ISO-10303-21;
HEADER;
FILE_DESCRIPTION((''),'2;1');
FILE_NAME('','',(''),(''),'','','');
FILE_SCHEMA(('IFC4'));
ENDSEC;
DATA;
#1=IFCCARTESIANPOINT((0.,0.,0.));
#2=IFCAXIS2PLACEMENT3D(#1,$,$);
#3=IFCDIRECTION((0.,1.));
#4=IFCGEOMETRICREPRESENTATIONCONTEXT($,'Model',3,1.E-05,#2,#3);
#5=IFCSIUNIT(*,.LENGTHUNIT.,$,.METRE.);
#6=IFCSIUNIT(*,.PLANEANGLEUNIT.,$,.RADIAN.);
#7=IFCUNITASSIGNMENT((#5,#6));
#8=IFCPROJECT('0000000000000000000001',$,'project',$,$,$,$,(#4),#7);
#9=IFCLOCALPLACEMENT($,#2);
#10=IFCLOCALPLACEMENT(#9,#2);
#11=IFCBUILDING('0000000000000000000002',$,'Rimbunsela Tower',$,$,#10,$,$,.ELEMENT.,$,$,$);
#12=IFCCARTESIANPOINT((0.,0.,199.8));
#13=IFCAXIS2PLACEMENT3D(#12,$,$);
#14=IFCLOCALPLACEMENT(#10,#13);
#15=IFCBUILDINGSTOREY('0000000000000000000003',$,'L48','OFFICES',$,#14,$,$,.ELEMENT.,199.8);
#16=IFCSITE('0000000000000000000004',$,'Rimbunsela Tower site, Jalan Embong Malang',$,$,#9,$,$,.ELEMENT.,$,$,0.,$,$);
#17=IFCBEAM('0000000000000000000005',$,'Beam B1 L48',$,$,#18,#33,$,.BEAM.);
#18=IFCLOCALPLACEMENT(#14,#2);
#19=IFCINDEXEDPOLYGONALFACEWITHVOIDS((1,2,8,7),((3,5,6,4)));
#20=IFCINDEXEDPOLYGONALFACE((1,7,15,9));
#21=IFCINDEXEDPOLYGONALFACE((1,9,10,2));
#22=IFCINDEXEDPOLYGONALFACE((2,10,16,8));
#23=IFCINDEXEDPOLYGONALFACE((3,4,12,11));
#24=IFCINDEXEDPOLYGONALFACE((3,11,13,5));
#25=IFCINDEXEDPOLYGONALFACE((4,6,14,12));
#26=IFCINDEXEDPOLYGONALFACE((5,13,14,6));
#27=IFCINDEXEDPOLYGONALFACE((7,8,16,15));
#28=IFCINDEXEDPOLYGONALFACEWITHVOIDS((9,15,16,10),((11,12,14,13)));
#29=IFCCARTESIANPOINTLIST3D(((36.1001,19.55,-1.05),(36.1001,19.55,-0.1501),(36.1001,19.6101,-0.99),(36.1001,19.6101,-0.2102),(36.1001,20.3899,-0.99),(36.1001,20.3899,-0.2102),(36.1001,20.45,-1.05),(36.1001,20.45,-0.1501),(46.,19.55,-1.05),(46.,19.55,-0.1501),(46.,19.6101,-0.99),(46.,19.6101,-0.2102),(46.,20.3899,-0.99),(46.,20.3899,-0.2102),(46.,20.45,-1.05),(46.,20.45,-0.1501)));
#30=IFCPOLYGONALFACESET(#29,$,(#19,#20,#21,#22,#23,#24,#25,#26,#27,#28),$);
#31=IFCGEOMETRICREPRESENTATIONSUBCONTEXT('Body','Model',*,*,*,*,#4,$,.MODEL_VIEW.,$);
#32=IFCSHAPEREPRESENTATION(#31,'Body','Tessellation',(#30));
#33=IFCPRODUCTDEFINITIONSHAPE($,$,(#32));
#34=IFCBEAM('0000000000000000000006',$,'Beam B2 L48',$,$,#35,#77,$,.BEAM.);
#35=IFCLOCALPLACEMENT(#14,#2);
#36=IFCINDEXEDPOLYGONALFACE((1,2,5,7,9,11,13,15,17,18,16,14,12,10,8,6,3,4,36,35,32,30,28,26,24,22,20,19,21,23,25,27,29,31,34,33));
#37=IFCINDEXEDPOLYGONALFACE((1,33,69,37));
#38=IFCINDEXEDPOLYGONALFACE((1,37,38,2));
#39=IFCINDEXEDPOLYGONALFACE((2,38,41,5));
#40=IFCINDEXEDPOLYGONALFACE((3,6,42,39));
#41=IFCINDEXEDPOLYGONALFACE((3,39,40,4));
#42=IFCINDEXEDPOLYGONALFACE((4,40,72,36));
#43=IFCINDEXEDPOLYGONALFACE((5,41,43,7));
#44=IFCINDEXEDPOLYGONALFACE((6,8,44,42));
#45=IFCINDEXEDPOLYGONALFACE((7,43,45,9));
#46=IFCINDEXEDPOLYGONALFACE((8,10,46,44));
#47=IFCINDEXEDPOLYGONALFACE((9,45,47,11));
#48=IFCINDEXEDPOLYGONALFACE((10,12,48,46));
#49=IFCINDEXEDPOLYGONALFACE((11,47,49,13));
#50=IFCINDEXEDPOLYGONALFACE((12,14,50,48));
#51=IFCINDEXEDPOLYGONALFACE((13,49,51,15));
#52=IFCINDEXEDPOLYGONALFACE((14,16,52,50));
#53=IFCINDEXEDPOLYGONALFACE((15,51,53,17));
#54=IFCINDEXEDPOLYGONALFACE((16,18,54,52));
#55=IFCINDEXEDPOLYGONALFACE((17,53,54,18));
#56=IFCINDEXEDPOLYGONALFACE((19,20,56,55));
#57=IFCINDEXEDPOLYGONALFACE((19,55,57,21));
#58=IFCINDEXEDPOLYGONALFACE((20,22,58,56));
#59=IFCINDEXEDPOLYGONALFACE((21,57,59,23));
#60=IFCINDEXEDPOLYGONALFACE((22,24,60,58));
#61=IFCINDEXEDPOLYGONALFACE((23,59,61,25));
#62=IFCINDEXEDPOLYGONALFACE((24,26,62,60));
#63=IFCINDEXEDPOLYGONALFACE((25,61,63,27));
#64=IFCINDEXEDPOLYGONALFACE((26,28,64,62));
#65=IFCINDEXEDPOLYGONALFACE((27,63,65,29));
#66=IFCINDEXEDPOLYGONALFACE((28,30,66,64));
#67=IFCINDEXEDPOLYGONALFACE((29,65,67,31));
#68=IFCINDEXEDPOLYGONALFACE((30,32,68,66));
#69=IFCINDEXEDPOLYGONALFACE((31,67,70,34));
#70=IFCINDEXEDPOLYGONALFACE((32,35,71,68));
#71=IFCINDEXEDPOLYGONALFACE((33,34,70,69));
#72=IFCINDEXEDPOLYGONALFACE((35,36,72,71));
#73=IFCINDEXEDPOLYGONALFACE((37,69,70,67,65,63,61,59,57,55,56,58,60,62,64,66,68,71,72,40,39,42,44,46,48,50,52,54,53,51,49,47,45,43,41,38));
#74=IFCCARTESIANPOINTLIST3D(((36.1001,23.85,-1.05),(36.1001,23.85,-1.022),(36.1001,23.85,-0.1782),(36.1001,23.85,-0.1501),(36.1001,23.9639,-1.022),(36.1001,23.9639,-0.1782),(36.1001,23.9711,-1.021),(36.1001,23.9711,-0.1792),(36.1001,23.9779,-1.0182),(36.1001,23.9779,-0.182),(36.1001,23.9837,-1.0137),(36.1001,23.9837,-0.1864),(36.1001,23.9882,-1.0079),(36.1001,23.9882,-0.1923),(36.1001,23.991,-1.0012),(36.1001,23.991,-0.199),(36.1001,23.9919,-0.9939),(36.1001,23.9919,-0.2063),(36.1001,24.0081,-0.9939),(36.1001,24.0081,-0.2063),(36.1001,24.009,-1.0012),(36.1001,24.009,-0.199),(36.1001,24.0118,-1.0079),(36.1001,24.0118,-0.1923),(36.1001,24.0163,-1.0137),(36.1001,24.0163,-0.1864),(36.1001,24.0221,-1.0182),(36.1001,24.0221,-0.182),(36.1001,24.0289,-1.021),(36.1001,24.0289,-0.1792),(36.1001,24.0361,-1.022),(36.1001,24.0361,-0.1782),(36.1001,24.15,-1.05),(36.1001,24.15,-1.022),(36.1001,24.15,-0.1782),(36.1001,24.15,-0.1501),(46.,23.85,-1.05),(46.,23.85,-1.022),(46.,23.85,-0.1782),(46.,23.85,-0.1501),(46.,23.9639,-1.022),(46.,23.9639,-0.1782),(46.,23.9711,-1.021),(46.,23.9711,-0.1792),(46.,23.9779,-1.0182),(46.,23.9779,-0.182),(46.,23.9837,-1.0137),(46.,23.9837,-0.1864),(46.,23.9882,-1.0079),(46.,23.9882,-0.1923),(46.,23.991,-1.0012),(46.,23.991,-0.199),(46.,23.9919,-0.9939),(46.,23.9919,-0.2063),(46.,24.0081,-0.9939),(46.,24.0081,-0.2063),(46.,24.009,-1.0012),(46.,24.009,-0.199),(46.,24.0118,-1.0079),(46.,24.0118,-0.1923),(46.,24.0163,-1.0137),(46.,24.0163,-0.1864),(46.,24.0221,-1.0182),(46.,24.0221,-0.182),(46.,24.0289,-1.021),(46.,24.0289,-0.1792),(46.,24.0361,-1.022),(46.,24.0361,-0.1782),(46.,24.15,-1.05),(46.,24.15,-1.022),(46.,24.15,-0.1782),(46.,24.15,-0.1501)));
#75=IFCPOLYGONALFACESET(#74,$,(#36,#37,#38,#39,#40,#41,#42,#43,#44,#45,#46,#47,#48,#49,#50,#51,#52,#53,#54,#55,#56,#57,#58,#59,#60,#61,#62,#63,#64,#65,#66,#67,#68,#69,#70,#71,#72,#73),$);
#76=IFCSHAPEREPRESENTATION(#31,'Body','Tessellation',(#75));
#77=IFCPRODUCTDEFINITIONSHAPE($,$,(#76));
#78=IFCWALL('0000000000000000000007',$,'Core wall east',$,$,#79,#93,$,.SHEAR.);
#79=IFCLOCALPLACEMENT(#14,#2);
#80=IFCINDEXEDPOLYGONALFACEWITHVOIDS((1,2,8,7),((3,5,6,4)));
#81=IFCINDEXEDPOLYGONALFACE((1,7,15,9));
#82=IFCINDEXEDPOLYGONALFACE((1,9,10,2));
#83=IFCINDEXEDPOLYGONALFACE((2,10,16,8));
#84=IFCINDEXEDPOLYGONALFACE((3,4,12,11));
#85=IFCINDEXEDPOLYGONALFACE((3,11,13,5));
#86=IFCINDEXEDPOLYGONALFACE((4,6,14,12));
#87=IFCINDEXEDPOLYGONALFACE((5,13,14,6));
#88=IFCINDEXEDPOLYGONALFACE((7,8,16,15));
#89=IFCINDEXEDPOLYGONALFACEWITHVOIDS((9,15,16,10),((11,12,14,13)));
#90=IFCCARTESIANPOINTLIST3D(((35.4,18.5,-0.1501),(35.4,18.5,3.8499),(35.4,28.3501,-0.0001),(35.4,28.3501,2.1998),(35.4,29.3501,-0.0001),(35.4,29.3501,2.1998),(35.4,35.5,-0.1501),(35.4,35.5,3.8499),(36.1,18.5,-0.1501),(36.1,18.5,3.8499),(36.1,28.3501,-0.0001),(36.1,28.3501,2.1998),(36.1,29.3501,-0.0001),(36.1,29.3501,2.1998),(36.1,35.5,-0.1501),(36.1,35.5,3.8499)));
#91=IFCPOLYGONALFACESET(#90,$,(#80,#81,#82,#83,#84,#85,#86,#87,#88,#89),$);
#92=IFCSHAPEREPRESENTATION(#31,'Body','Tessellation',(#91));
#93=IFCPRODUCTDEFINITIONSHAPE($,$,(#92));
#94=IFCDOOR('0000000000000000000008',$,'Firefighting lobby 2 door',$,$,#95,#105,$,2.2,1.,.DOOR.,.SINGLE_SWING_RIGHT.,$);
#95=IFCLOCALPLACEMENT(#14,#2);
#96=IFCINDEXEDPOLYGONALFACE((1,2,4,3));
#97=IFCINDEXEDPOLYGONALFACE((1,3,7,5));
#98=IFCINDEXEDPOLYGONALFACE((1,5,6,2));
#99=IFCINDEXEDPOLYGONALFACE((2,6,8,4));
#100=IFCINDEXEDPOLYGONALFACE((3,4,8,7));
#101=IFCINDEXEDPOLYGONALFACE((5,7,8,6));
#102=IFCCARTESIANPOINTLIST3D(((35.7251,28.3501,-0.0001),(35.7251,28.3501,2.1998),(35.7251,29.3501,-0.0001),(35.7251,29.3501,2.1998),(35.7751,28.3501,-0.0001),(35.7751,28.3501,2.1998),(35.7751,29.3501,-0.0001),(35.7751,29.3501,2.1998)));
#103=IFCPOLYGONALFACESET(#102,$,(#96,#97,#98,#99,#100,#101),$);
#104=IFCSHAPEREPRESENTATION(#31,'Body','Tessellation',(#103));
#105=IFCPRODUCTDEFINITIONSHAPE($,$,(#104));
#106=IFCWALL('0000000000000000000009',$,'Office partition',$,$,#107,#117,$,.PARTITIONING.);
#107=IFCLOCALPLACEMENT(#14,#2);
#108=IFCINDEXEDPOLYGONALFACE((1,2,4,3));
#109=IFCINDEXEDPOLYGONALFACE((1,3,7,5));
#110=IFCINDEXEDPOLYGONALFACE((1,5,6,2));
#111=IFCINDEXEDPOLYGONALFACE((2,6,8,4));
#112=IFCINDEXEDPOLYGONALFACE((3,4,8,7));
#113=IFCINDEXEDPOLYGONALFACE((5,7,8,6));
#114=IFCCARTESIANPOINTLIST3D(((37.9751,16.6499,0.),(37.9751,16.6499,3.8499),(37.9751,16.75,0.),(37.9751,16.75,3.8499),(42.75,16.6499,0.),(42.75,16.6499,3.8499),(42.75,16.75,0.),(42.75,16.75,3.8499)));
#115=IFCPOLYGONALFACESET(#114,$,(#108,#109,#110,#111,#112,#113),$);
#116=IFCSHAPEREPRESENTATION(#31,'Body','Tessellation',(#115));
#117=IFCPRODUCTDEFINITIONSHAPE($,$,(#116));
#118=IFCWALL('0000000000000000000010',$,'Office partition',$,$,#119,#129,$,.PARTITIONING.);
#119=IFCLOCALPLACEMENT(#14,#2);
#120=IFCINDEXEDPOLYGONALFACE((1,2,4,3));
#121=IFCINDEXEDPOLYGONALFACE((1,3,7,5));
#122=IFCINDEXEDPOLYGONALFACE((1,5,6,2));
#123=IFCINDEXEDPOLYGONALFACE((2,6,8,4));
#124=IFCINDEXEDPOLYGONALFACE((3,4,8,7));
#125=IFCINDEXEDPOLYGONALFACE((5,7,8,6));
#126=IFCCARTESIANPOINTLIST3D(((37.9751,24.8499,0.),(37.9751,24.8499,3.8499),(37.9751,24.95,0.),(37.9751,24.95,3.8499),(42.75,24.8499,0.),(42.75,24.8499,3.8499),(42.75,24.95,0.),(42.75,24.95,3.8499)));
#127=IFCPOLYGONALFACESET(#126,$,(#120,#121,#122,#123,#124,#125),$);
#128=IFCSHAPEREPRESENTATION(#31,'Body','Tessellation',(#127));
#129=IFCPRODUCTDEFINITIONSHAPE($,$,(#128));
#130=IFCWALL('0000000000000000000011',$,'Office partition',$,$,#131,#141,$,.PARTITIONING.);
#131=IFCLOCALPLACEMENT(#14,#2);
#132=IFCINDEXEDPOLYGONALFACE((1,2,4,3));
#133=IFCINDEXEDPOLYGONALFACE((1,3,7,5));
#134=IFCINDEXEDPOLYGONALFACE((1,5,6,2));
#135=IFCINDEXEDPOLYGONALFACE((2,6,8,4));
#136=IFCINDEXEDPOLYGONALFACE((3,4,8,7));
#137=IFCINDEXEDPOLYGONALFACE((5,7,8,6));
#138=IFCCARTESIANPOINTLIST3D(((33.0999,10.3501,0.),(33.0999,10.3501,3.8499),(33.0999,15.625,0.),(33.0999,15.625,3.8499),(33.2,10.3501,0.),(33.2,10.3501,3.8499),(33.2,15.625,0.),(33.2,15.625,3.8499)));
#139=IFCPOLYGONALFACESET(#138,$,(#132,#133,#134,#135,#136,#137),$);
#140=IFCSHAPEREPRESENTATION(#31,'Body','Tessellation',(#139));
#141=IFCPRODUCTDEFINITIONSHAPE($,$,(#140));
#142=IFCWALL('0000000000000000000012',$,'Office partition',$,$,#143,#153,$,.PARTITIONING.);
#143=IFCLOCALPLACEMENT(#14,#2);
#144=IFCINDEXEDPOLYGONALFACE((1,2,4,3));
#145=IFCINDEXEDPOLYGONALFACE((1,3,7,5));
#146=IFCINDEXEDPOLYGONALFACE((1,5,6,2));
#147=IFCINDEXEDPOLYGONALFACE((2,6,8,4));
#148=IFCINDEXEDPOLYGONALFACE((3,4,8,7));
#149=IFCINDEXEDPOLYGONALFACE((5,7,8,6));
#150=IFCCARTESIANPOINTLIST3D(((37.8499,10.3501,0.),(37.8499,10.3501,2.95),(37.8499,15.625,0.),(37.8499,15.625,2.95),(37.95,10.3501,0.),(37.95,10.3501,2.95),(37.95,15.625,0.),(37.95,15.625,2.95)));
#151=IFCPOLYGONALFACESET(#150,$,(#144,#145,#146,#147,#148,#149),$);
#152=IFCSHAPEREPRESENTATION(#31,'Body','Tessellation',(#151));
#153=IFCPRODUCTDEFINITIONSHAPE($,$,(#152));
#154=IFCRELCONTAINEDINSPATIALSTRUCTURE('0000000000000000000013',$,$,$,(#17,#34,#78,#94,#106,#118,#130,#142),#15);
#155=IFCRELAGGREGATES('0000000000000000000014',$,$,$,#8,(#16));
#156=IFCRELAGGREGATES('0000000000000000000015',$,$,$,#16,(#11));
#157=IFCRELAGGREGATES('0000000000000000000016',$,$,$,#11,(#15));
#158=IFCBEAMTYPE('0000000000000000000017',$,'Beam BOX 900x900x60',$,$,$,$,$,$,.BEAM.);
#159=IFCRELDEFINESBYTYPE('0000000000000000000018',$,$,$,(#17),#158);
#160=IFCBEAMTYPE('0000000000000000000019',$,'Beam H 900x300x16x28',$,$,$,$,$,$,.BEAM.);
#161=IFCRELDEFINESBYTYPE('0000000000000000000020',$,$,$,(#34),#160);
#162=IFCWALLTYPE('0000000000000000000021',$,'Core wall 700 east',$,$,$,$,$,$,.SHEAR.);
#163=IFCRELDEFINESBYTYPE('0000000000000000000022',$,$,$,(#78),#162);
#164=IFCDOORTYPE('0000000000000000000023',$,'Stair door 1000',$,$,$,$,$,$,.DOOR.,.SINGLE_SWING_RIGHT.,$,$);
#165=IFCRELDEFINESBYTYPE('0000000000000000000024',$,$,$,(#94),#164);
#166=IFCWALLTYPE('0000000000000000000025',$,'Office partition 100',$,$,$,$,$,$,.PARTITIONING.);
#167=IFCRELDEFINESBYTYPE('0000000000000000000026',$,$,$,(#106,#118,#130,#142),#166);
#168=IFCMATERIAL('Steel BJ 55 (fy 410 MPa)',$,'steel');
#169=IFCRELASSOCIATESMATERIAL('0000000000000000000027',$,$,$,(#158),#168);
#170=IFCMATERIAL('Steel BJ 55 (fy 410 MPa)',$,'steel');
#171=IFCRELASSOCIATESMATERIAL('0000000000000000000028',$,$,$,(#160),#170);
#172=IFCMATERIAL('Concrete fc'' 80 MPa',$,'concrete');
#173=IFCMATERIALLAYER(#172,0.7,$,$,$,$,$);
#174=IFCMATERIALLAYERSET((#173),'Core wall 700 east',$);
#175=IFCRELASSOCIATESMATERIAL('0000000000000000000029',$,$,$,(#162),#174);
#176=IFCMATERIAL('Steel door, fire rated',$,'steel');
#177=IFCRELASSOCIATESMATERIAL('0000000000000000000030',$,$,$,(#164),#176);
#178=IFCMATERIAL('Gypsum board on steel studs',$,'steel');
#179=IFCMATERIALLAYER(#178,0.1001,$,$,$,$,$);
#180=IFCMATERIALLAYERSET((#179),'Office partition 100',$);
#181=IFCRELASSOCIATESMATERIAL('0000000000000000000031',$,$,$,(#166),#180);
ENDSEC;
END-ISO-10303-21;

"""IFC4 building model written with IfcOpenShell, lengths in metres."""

from ifc_helpers import new_model, si_unit, direction, frame, frame_2d, origin, origin_2d, place, context, subcontext, project, spatial, rectangle, hollow_rectangle, i_section, extrude, material, layer, layer_set, material_profile, profile_set, type_object, element, fill, save


model = new_model("IFC4")

# Units and contexts
model_context = context("Model", 3, precision=1e-05, world=origin(), true_north=direction((0.0, 1.0)))
body_context = subcontext(model_context, "Body", "Model", "MODEL_VIEW")
ifc_project = project(units=[si_unit("LENGTHUNIT", "METRE"), si_unit("PLANEANGLEUNIT", "RADIAN")], contexts=[model_context])

# Site, building, storey
site_placement = place(None, origin())
site = spatial("IfcSite", under=ifc_project, at=site_placement, Name="Rimbunsela Tower site, Jalan Embong Malang", CompositionType="ELEMENT", RefElevation=0.0)
building_placement = place(site_placement, origin())
building = spatial("IfcBuilding", under=site, at=building_placement, Name="Rimbunsela Tower", CompositionType="ELEMENT")
storey_placement = place(building_placement, frame((0.0, 0.0, 199.8)))
storey = spatial("IfcBuildingStorey", under=building, at=storey_placement, Name="L48", Description="OFFICES", CompositionType="ELEMENT", Elevation=199.8)

# Beams
ifc_material_1 = material(Name="Steel BJ 55 (fy 410 MPa)", Category="steel")
ifc_material_profile_1 = material_profile(ifc_material_1, hollow_rectangle(XDim=0.8999, YDim=0.8999, WallThickness=0.0601, at=origin_2d()), Name="BOX 900x900x60")
ifc_profile_set_1 = profile_set([ifc_material_profile_1], Name="Steel BJ 55 (fy 410 MPa)")
beam_type_1 = type_object("IfcBeamType", Name="Beam BOX 900x900x60", PredefinedType="BEAM", material=ifc_profile_set_1)
beam_1_placement = place(storey_placement, frame((36.1001, 20.0, -0.6001), z_axis=(1.0, 0.0, 0.0), x_axis=(0.0, 1.0, 0.0)))
element("IfcBeam", 1, at=beam_1_placement, inside=storey, type_object=beam_type_1, Name="Beam B1 L48", PredefinedType="BEAM", context=body_context, shape_type="SweptSolid", body=[
    extrude(hollow_rectangle(XDim=0.8999, YDim=0.8999, WallThickness=0.0601, at=origin_2d()), origin(), (0.0, 0.0, 1.0), 9.8999),
])
ifc_material_2 = material(Name="Steel BJ 55 (fy 410 MPa)", Category="steel")
ifc_material_profile_2 = material_profile(ifc_material_2, i_section(OverallWidth=0.3, OverallDepth=0.8999, WebThickness=0.0161, FlangeThickness=0.0281, FilletRadius=0.0281, at=origin_2d()), Name="H 900x300x16x28")
ifc_profile_set_2 = profile_set([ifc_material_profile_2], Name="Steel BJ 55 (fy 410 MPa)")
beam_type_2 = type_object("IfcBeamType", Name="Beam H 900x300x16x28", PredefinedType="BEAM", material=ifc_profile_set_2)
beam_2_placement = place(storey_placement, frame((36.1001, 24.0, -0.6001), z_axis=(1.0, 0.0, 0.0), x_axis=(0.0, 1.0, 0.0)))
element("IfcBeam", 2, at=beam_2_placement, inside=storey, type_object=beam_type_2, Name="Beam B2 L48", PredefinedType="BEAM", context=body_context, shape_type="SweptSolid", body=[
    extrude(i_section(OverallWidth=0.3, OverallDepth=0.8999, WebThickness=0.0161, FlangeThickness=0.0281, FilletRadius=0.0281, at=origin_2d()), origin(), (0.0, 0.0, 1.0), 9.8999),
])

# Wall, opening, door
ifc_material_3 = material(Name="Concrete fc' 80 MPa", Category="concrete")
ifc_layer_1 = layer(ifc_material_3, 0.7)
ifc_layer_set_1 = layer_set([ifc_layer_1], Name="Core wall 700 east")
wall_type_1 = type_object("IfcWallType", Name="Core wall 700 east", PredefinedType="SHEAR", material=ifc_layer_set_1)
wall_1_placement = place(storey_placement, frame((35.75, 18.5, -0.1501), z_axis=(0.0, 0.0, 1.0), x_axis=(0.0, 1.0, 0.0)))
wall_1 = element("IfcWall", 3, at=wall_1_placement, inside=storey, type_object=wall_type_1, Name="Core wall east", PredefinedType="SHEAR", context=body_context, shape_type="SweptSolid", body=[
    extrude(rectangle(XDim=17.0, YDim=0.7, at=frame_2d((8.5, 0.0))), origin(), (0.0, 0.0, 1.0), 4.0),
])
opening_1_placement = place(wall_1_placement, frame((9.8501, 0.0, 0.1499)))
opening_1 = element("IfcOpeningElement", 4, at=opening_1_placement, cuts=wall_1, PredefinedType="OPENING", context=body_context, shape_type="SweptSolid", body=[
    extrude(rectangle(XDim=1.0, YDim=2.2, at=frame_2d((0.5, 1.1001))), frame((0.0, 0.3599, 0.0), z_axis=(0.0, -1.0, 0.0), x_axis=(1.0, 0.0, 0.0)), (0.0, 0.0, 1.0), 0.72),
])
ifc_material_4 = material(Name="Steel door, fire rated", Category="steel")
door_type_1 = type_object("IfcDoorType", Name="Stair door 1000", OperationType="SINGLE_SWING_RIGHT", PredefinedType="DOOR", material=ifc_material_4)
door_1_placement = place(opening_1_placement, origin())
door_1 = element("IfcDoor", 5, at=door_1_placement, inside=storey, type_object=door_type_1, Name="Firefighting lobby 2 door", OperationType="SINGLE_SWING_RIGHT", OverallHeight=2.2, OverallWidth=1.0, PredefinedType="DOOR", context=body_context, shape_type="SweptSolid", body=[
    extrude(rectangle(XDim=1.0, YDim=2.2, at=frame_2d((0.5, 1.1001))), frame((0.0, 0.0249, 0.0), z_axis=(0.0, -1.0, 0.0), x_axis=(1.0, 0.0, 0.0)), (0.0, 0.0, 1.0), 0.05),
])
fill(opening_1, door_1)

# Walls
ifc_material_5 = material(Name="Gypsum board on steel studs", Category="steel")
ifc_layer_2 = layer(ifc_material_5, 0.1001)
ifc_layer_set_2 = layer_set([ifc_layer_2], Name="Office partition 100")
wall_type_2 = type_object("IfcWallType", Name="Office partition 100", PredefinedType="PARTITIONING", material=ifc_layer_set_2)
for number, where, z_axis, x_axis, name in (
    (6, (37.9751, 16.7, 0.0), (0.0, 0.0, 1.0), (1.0, 0.0, 0.0), "Office partition"),
    (7, (37.9751, 24.8999, 0.0), (0.0, 0.0, 1.0), (1.0, 0.0, 0.0), "Office partition"),
):
    element("IfcWall", number, at=place(storey_placement, frame(where, z_axis=z_axis, x_axis=x_axis)), inside=storey, type_object=wall_type_2, Name=name, PredefinedType="PARTITIONING", context=body_context, shape_type="SweptSolid", body=[
        extrude(rectangle(XDim=4.7749, YDim=0.1001, at=frame_2d((2.3875, 0.0))), origin(), (0.0, 0.0, 1.0), 3.8499),
    ])
wall_2_placement = place(storey_placement, frame((33.1499, 10.3501, 0.0), z_axis=(0.0, 0.0, 1.0), x_axis=(0.0, 1.0, 0.0)))
element("IfcWall", 8, at=wall_2_placement, inside=storey, type_object=wall_type_2, Name="Office partition", PredefinedType="PARTITIONING", context=body_context, shape_type="SweptSolid", body=[
    extrude(rectangle(XDim=5.2749, YDim=0.1001, at=frame_2d((2.6375, 0.0))), origin(), (0.0, 0.0, 1.0), 3.8499),
])
wall_3_placement = place(storey_placement, frame((37.8999, 10.3501, 0.0), z_axis=(0.0, 0.0, 1.0), x_axis=(0.0, 1.0, 0.0)))
element("IfcWall", 9, at=wall_3_placement, inside=storey, type_object=wall_type_2, Name="Office partition", PredefinedType="PARTITIONING", context=body_context, shape_type="SweptSolid", body=[
    extrude(rectangle(XDim=5.2749, YDim=0.1001, at=frame_2d((2.6375, 0.0))), origin(), (0.0, 0.0, 1.0), 2.95),
])

save(model, "model.ifc")
